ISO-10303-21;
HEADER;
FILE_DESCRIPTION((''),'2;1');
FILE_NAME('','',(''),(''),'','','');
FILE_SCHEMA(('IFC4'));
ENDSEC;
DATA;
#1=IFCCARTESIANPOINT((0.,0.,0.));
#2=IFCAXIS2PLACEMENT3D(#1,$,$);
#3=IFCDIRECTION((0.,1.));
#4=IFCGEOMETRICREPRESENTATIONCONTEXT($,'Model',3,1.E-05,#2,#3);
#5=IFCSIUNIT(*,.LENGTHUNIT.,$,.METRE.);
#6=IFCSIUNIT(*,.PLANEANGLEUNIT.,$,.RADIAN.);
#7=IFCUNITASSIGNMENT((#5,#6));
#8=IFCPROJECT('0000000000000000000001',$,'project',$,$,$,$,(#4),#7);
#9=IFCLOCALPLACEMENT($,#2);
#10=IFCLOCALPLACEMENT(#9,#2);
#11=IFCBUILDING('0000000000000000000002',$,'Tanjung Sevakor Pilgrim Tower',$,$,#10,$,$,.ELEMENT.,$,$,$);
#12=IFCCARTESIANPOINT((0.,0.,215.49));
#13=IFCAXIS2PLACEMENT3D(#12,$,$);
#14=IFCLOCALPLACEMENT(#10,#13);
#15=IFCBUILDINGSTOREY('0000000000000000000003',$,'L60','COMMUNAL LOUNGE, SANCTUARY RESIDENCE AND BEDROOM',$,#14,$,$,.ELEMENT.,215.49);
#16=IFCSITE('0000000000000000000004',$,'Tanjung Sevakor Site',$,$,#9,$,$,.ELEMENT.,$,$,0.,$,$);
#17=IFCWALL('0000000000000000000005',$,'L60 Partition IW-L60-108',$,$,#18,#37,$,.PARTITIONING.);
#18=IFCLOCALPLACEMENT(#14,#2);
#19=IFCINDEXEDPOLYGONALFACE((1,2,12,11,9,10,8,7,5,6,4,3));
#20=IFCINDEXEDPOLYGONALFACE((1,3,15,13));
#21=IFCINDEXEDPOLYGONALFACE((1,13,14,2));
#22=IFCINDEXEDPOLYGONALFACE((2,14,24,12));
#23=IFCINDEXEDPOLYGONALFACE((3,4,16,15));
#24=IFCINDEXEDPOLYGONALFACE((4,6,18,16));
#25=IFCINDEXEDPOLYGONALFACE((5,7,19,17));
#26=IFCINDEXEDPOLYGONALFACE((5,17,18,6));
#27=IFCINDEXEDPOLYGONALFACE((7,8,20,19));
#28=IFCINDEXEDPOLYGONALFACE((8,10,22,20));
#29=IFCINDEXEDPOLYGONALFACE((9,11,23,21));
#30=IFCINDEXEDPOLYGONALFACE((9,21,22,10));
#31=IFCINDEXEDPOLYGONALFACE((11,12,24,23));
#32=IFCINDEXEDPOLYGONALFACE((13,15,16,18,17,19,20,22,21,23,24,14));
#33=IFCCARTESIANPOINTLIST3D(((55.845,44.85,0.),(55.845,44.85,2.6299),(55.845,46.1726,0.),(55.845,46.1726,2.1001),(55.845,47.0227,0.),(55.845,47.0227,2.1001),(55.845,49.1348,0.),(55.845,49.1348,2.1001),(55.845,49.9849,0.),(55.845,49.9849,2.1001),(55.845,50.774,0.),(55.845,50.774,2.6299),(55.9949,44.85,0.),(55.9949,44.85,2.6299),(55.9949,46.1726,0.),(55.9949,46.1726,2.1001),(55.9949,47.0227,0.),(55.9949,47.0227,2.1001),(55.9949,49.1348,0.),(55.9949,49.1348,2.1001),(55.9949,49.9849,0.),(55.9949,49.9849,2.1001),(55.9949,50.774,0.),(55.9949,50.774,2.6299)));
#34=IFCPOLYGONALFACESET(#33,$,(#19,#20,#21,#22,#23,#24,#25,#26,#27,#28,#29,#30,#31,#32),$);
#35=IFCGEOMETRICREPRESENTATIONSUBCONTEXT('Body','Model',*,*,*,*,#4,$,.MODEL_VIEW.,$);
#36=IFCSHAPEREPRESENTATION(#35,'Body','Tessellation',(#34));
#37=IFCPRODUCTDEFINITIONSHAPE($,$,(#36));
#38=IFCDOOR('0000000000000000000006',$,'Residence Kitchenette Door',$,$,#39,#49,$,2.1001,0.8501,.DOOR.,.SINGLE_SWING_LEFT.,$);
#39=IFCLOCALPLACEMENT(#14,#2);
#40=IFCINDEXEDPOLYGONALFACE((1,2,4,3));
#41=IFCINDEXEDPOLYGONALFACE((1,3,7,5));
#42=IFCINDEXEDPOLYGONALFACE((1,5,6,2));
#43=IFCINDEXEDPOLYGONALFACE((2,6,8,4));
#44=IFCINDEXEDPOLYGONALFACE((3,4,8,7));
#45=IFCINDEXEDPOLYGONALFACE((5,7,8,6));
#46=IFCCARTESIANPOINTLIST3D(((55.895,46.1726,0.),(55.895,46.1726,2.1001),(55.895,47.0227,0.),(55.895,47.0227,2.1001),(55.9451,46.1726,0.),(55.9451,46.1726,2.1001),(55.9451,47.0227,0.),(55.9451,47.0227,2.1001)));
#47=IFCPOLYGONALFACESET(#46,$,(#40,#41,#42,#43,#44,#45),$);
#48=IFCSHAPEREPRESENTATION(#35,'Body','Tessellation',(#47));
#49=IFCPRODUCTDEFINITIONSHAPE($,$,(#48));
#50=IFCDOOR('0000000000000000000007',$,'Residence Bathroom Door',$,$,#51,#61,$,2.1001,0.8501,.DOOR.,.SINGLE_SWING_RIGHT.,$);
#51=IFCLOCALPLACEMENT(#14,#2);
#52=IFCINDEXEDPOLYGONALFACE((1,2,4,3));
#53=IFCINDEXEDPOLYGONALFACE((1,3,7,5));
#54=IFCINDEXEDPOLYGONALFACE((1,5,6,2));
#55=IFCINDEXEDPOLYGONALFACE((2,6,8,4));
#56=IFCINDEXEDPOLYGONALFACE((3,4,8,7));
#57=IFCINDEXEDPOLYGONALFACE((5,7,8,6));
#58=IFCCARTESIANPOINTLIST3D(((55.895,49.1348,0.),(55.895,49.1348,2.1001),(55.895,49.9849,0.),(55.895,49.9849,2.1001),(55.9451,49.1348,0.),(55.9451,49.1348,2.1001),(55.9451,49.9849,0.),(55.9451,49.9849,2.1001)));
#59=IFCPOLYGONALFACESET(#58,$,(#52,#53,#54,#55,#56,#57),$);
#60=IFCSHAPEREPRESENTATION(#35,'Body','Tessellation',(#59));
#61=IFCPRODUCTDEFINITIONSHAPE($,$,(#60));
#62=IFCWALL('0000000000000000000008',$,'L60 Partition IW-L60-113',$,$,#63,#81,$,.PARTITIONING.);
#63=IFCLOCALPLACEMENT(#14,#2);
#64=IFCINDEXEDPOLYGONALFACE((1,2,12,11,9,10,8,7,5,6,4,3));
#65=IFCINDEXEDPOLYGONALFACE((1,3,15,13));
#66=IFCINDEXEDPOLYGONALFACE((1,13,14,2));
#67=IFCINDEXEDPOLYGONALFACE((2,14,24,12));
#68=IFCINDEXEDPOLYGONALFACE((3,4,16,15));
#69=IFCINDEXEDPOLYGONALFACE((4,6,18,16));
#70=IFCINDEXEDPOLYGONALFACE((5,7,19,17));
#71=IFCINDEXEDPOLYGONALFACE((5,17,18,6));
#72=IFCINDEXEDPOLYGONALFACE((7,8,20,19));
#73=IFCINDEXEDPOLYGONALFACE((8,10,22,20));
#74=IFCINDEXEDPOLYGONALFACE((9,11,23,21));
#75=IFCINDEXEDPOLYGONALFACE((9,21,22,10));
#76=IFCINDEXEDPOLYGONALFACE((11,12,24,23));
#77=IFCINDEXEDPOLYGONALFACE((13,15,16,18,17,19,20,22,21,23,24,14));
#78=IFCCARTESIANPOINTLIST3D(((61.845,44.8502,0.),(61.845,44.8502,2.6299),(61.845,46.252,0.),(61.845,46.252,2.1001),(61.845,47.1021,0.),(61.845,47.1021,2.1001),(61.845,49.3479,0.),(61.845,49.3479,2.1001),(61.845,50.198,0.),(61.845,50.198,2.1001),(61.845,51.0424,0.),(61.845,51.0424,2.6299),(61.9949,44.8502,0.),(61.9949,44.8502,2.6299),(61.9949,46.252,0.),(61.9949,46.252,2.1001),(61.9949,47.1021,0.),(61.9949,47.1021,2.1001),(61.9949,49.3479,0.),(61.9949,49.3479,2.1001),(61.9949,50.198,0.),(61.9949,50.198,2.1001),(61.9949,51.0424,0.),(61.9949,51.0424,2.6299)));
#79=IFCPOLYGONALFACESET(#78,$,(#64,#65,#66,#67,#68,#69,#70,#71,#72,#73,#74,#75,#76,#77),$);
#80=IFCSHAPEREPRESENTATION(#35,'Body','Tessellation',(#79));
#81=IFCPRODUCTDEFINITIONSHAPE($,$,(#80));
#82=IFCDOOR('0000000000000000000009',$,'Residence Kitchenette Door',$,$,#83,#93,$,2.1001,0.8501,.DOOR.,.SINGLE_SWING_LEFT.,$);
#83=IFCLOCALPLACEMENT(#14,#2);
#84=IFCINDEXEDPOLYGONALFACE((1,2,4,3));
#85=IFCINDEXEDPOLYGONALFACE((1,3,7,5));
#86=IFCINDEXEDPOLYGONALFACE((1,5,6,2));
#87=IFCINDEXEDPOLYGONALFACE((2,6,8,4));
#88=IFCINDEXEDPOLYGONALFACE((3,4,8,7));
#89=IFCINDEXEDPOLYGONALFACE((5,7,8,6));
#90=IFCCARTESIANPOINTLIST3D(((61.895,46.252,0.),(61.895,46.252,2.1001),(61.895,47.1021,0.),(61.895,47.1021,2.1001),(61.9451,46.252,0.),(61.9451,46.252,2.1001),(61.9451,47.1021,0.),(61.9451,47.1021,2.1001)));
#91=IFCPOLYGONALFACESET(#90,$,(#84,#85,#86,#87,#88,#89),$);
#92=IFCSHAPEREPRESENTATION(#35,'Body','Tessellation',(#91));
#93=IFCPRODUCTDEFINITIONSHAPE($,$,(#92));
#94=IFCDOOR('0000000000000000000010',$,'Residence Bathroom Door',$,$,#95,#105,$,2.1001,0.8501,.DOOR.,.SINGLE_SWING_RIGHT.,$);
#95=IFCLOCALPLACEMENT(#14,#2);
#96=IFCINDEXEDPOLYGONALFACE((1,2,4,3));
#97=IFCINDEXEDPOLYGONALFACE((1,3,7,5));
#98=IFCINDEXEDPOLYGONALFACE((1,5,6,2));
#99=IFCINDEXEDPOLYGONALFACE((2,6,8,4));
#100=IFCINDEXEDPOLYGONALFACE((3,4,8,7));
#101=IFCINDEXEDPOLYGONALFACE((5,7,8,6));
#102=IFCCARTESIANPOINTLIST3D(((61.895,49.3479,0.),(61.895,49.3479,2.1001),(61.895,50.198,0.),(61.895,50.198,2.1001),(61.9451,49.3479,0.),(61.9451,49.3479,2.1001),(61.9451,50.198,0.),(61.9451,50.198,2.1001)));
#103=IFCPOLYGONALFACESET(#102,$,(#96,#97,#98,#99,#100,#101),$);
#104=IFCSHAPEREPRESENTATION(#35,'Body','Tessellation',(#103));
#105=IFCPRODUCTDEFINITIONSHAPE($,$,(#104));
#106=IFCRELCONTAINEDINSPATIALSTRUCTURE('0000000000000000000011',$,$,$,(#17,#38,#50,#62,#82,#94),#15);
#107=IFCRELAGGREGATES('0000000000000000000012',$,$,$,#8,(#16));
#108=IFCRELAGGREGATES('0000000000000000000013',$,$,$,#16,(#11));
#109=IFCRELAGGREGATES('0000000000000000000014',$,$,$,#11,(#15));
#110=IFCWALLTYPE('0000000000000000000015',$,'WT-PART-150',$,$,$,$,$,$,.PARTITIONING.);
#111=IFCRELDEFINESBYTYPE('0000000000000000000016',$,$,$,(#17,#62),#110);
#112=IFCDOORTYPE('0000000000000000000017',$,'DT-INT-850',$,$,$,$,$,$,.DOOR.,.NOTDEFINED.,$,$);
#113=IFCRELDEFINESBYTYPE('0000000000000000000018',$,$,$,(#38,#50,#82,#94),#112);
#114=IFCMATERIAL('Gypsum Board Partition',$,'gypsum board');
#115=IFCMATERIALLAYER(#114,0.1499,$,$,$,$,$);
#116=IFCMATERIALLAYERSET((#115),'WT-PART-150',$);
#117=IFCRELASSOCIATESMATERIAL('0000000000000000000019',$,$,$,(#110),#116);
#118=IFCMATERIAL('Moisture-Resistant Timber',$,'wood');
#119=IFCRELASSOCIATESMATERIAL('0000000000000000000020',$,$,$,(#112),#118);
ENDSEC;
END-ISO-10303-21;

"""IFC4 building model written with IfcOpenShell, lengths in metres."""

from ifc_helpers import new_model, si_unit, direction, frame, frame_2d, origin, place, context, subcontext, project, spatial, rectangle, extrude, material, layer, layer_set, type_object, element, fill, save


model = new_model("IFC4")

# Units and contexts
model_context = context("Model", 3, precision=1e-05, world=origin(), true_north=direction((0.0, 1.0)))
body_context = subcontext(model_context, "Body", "Model", "MODEL_VIEW")
ifc_project = project(units=[si_unit("LENGTHUNIT", "METRE"), si_unit("PLANEANGLEUNIT", "RADIAN")], contexts=[model_context])

# Site, building, storey
site_placement = place(None, origin())
site = spatial("IfcSite", under=ifc_project, at=site_placement, Name="Tanjung Sevakor Site", CompositionType="ELEMENT", RefElevation=0.0)
building_placement = place(site_placement, origin())
building = spatial("IfcBuilding", under=site, at=building_placement, Name="Tanjung Sevakor Pilgrim Tower", CompositionType="ELEMENT")
storey_placement = place(building_placement, frame((0.0, 0.0, 215.49)))
storey = spatial("IfcBuildingStorey", under=building, at=storey_placement, Name="L60", Description="COMMUNAL LOUNGE, SANCTUARY RESIDENCE AND BEDROOM", CompositionType="ELEMENT", Elevation=215.49)

# Walls, openings, doors
ifc_material_1 = material(Name="Gypsum Board Partition", Category="gypsum board")
ifc_layer_1 = layer(ifc_material_1, 0.1499)
ifc_layer_set_1 = layer_set([ifc_layer_1], Name="WT-PART-150")
wall_type_1 = type_object("IfcWallType", Name="WT-PART-150", PredefinedType="PARTITIONING", material=ifc_layer_set_1)
wall_1_placement = place(storey_placement, frame((55.9199, 44.8501, 0.0), z_axis=(0.0, 0.0, 1.0), x_axis=(0.0, 1.0, 0.0)))
wall_1 = element("IfcWall", 1, at=wall_1_placement, inside=storey, type_object=wall_type_1, Name="L60 Partition IW-L60-108", PredefinedType="PARTITIONING", context=body_context, shape_type="SweptSolid", body=[
    extrude(rectangle(XDim=5.9241, YDim=0.1499, at=frame_2d((2.9619, 0.0))), origin(), (0.0, 0.0, 1.0), 2.6299),
])
opening_1_placement = place(wall_1_placement, frame((1.3225, 0.0, 0.0)))
opening_1 = element("IfcOpeningElement", 2, at=opening_1_placement, cuts=wall_1, PredefinedType="OPENING", context=body_context, shape_type="SweptSolid", body=[
    extrude(rectangle(XDim=0.8501, YDim=2.1001, at=frame_2d((0.425, 1.05))), frame((0.0, 0.085, 0.0), z_axis=(0.0, -1.0, 0.0), x_axis=(1.0, 0.0, 0.0)), (0.0, 0.0, 1.0), 0.1699),
])
opening_2_placement = place(wall_1_placement, frame((4.2847, 0.0, 0.0)))
opening_2 = element("IfcOpeningElement", 3, at=opening_2_placement, cuts=wall_1, PredefinedType="OPENING", context=body_context, shape_type="SweptSolid", body=[
    extrude(rectangle(XDim=0.8501, YDim=2.1001, at=frame_2d((0.425, 1.05))), frame((0.0, 0.085, 0.0), z_axis=(0.0, -1.0, 0.0), x_axis=(1.0, 0.0, 0.0)), (0.0, 0.0, 1.0), 0.1699),
])
ifc_material_2 = material(Name="Moisture-Resistant Timber", Category="wood")
door_type_1 = type_object("IfcDoorType", Name="DT-INT-850", OperationType="NOTDEFINED", PredefinedType="DOOR", material=ifc_material_2)
door_1_placement = place(opening_1_placement, origin())
door_1 = element("IfcDoor", 4, at=door_1_placement, inside=storey, type_object=door_type_1, Name="Residence Kitchenette Door", OperationType="SINGLE_SWING_LEFT", OverallHeight=2.1001, OverallWidth=0.8501, PredefinedType="DOOR", context=body_context, shape_type="SweptSolid", body=[
    extrude(rectangle(XDim=0.8501, YDim=2.1001, at=frame_2d((0.425, 1.05))), frame((0.0, 0.0249, 0.0), z_axis=(0.0, -1.0, 0.0), x_axis=(1.0, 0.0, 0.0)), (0.0, 0.0, 1.0), 0.05),
])
fill(opening_1, door_1)
door_2_placement = place(opening_2_placement, origin())
door_2 = element("IfcDoor", 5, at=door_2_placement, inside=storey, type_object=door_type_1, Name="Residence Bathroom Door", OperationType="SINGLE_SWING_RIGHT", OverallHeight=2.1001, OverallWidth=0.8501, PredefinedType="DOOR", context=body_context, shape_type="SweptSolid", body=[
    extrude(rectangle(XDim=0.8501, YDim=2.1001, at=frame_2d((0.425, 1.05))), frame((0.0, 0.0249, 0.0), z_axis=(0.0, -1.0, 0.0), x_axis=(1.0, 0.0, 0.0)), (0.0, 0.0, 1.0), 0.05),
])
fill(opening_2, door_2)
wall_2_placement = place(storey_placement, frame((61.9199, 44.8501, 0.0), z_axis=(0.0, 0.0, 1.0), x_axis=(0.0, 1.0, 0.0)))
wall_2 = element("IfcWall", 6, at=wall_2_placement, inside=storey, type_object=wall_type_1, Name="L60 Partition IW-L60-113", PredefinedType="PARTITIONING", context=body_context, shape_type="SweptSolid", body=[
    extrude(rectangle(XDim=6.1921, YDim=0.1499, at=frame_2d((3.0962, 0.0))), origin(), (0.0, 0.0, 1.0), 2.6299),
])
opening_3_placement = place(wall_2_placement, frame((1.4019, 0.0, 0.0)))
opening_3 = element("IfcOpeningElement", 7, at=opening_3_placement, cuts=wall_2, PredefinedType="OPENING", context=body_context, shape_type="SweptSolid", body=[
    extrude(rectangle(XDim=0.8501, YDim=2.1001, at=frame_2d((0.425, 1.05))), frame((0.0, 0.085, 0.0), z_axis=(0.0, -1.0, 0.0), x_axis=(1.0, 0.0, 0.0)), (0.0, 0.0, 1.0), 0.1699),
])
opening_4_placement = place(wall_2_placement, frame((4.4978, 0.0, 0.0)))
opening_4 = element("IfcOpeningElement", 8, at=opening_4_placement, cuts=wall_2, PredefinedType="OPENING", context=body_context, shape_type="SweptSolid", body=[
    extrude(rectangle(XDim=0.8501, YDim=2.1001, at=frame_2d((0.425, 1.05))), frame((0.0, 0.085, 0.0), z_axis=(0.0, -1.0, 0.0), x_axis=(1.0, 0.0, 0.0)), (0.0, 0.0, 1.0), 0.1699),
])
door_3_placement = place(opening_3_placement, origin())
door_3 = element("IfcDoor", 9, at=door_3_placement, inside=storey, type_object=door_type_1, Name="Residence Kitchenette Door", OperationType="SINGLE_SWING_LEFT", OverallHeight=2.1001, OverallWidth=0.8501, PredefinedType="DOOR", context=body_context, shape_type="SweptSolid", body=[
    extrude(rectangle(XDim=0.8501, YDim=2.1001, at=frame_2d((0.425, 1.05))), frame((0.0, 0.0249, 0.0), z_axis=(0.0, -1.0, 0.0), x_axis=(1.0, 0.0, 0.0)), (0.0, 0.0, 1.0), 0.05),
])
fill(opening_3, door_3)
door_4_placement = place(opening_4_placement, origin())
door_4 = element("IfcDoor", 10, at=door_4_placement, inside=storey, type_object=door_type_1, Name="Residence Bathroom Door", OperationType="SINGLE_SWING_RIGHT", OverallHeight=2.1001, OverallWidth=0.8501, PredefinedType="DOOR", context=body_context, shape_type="SweptSolid", body=[
    extrude(rectangle(XDim=0.8501, YDim=2.1001, at=frame_2d((0.425, 1.05))), frame((0.0, 0.0249, 0.0), z_axis=(0.0, -1.0, 0.0), x_axis=(1.0, 0.0, 0.0)), (0.0, 0.0, 1.0), 0.05),
])
fill(opening_4, door_4)

save(model, "model.ifc")
